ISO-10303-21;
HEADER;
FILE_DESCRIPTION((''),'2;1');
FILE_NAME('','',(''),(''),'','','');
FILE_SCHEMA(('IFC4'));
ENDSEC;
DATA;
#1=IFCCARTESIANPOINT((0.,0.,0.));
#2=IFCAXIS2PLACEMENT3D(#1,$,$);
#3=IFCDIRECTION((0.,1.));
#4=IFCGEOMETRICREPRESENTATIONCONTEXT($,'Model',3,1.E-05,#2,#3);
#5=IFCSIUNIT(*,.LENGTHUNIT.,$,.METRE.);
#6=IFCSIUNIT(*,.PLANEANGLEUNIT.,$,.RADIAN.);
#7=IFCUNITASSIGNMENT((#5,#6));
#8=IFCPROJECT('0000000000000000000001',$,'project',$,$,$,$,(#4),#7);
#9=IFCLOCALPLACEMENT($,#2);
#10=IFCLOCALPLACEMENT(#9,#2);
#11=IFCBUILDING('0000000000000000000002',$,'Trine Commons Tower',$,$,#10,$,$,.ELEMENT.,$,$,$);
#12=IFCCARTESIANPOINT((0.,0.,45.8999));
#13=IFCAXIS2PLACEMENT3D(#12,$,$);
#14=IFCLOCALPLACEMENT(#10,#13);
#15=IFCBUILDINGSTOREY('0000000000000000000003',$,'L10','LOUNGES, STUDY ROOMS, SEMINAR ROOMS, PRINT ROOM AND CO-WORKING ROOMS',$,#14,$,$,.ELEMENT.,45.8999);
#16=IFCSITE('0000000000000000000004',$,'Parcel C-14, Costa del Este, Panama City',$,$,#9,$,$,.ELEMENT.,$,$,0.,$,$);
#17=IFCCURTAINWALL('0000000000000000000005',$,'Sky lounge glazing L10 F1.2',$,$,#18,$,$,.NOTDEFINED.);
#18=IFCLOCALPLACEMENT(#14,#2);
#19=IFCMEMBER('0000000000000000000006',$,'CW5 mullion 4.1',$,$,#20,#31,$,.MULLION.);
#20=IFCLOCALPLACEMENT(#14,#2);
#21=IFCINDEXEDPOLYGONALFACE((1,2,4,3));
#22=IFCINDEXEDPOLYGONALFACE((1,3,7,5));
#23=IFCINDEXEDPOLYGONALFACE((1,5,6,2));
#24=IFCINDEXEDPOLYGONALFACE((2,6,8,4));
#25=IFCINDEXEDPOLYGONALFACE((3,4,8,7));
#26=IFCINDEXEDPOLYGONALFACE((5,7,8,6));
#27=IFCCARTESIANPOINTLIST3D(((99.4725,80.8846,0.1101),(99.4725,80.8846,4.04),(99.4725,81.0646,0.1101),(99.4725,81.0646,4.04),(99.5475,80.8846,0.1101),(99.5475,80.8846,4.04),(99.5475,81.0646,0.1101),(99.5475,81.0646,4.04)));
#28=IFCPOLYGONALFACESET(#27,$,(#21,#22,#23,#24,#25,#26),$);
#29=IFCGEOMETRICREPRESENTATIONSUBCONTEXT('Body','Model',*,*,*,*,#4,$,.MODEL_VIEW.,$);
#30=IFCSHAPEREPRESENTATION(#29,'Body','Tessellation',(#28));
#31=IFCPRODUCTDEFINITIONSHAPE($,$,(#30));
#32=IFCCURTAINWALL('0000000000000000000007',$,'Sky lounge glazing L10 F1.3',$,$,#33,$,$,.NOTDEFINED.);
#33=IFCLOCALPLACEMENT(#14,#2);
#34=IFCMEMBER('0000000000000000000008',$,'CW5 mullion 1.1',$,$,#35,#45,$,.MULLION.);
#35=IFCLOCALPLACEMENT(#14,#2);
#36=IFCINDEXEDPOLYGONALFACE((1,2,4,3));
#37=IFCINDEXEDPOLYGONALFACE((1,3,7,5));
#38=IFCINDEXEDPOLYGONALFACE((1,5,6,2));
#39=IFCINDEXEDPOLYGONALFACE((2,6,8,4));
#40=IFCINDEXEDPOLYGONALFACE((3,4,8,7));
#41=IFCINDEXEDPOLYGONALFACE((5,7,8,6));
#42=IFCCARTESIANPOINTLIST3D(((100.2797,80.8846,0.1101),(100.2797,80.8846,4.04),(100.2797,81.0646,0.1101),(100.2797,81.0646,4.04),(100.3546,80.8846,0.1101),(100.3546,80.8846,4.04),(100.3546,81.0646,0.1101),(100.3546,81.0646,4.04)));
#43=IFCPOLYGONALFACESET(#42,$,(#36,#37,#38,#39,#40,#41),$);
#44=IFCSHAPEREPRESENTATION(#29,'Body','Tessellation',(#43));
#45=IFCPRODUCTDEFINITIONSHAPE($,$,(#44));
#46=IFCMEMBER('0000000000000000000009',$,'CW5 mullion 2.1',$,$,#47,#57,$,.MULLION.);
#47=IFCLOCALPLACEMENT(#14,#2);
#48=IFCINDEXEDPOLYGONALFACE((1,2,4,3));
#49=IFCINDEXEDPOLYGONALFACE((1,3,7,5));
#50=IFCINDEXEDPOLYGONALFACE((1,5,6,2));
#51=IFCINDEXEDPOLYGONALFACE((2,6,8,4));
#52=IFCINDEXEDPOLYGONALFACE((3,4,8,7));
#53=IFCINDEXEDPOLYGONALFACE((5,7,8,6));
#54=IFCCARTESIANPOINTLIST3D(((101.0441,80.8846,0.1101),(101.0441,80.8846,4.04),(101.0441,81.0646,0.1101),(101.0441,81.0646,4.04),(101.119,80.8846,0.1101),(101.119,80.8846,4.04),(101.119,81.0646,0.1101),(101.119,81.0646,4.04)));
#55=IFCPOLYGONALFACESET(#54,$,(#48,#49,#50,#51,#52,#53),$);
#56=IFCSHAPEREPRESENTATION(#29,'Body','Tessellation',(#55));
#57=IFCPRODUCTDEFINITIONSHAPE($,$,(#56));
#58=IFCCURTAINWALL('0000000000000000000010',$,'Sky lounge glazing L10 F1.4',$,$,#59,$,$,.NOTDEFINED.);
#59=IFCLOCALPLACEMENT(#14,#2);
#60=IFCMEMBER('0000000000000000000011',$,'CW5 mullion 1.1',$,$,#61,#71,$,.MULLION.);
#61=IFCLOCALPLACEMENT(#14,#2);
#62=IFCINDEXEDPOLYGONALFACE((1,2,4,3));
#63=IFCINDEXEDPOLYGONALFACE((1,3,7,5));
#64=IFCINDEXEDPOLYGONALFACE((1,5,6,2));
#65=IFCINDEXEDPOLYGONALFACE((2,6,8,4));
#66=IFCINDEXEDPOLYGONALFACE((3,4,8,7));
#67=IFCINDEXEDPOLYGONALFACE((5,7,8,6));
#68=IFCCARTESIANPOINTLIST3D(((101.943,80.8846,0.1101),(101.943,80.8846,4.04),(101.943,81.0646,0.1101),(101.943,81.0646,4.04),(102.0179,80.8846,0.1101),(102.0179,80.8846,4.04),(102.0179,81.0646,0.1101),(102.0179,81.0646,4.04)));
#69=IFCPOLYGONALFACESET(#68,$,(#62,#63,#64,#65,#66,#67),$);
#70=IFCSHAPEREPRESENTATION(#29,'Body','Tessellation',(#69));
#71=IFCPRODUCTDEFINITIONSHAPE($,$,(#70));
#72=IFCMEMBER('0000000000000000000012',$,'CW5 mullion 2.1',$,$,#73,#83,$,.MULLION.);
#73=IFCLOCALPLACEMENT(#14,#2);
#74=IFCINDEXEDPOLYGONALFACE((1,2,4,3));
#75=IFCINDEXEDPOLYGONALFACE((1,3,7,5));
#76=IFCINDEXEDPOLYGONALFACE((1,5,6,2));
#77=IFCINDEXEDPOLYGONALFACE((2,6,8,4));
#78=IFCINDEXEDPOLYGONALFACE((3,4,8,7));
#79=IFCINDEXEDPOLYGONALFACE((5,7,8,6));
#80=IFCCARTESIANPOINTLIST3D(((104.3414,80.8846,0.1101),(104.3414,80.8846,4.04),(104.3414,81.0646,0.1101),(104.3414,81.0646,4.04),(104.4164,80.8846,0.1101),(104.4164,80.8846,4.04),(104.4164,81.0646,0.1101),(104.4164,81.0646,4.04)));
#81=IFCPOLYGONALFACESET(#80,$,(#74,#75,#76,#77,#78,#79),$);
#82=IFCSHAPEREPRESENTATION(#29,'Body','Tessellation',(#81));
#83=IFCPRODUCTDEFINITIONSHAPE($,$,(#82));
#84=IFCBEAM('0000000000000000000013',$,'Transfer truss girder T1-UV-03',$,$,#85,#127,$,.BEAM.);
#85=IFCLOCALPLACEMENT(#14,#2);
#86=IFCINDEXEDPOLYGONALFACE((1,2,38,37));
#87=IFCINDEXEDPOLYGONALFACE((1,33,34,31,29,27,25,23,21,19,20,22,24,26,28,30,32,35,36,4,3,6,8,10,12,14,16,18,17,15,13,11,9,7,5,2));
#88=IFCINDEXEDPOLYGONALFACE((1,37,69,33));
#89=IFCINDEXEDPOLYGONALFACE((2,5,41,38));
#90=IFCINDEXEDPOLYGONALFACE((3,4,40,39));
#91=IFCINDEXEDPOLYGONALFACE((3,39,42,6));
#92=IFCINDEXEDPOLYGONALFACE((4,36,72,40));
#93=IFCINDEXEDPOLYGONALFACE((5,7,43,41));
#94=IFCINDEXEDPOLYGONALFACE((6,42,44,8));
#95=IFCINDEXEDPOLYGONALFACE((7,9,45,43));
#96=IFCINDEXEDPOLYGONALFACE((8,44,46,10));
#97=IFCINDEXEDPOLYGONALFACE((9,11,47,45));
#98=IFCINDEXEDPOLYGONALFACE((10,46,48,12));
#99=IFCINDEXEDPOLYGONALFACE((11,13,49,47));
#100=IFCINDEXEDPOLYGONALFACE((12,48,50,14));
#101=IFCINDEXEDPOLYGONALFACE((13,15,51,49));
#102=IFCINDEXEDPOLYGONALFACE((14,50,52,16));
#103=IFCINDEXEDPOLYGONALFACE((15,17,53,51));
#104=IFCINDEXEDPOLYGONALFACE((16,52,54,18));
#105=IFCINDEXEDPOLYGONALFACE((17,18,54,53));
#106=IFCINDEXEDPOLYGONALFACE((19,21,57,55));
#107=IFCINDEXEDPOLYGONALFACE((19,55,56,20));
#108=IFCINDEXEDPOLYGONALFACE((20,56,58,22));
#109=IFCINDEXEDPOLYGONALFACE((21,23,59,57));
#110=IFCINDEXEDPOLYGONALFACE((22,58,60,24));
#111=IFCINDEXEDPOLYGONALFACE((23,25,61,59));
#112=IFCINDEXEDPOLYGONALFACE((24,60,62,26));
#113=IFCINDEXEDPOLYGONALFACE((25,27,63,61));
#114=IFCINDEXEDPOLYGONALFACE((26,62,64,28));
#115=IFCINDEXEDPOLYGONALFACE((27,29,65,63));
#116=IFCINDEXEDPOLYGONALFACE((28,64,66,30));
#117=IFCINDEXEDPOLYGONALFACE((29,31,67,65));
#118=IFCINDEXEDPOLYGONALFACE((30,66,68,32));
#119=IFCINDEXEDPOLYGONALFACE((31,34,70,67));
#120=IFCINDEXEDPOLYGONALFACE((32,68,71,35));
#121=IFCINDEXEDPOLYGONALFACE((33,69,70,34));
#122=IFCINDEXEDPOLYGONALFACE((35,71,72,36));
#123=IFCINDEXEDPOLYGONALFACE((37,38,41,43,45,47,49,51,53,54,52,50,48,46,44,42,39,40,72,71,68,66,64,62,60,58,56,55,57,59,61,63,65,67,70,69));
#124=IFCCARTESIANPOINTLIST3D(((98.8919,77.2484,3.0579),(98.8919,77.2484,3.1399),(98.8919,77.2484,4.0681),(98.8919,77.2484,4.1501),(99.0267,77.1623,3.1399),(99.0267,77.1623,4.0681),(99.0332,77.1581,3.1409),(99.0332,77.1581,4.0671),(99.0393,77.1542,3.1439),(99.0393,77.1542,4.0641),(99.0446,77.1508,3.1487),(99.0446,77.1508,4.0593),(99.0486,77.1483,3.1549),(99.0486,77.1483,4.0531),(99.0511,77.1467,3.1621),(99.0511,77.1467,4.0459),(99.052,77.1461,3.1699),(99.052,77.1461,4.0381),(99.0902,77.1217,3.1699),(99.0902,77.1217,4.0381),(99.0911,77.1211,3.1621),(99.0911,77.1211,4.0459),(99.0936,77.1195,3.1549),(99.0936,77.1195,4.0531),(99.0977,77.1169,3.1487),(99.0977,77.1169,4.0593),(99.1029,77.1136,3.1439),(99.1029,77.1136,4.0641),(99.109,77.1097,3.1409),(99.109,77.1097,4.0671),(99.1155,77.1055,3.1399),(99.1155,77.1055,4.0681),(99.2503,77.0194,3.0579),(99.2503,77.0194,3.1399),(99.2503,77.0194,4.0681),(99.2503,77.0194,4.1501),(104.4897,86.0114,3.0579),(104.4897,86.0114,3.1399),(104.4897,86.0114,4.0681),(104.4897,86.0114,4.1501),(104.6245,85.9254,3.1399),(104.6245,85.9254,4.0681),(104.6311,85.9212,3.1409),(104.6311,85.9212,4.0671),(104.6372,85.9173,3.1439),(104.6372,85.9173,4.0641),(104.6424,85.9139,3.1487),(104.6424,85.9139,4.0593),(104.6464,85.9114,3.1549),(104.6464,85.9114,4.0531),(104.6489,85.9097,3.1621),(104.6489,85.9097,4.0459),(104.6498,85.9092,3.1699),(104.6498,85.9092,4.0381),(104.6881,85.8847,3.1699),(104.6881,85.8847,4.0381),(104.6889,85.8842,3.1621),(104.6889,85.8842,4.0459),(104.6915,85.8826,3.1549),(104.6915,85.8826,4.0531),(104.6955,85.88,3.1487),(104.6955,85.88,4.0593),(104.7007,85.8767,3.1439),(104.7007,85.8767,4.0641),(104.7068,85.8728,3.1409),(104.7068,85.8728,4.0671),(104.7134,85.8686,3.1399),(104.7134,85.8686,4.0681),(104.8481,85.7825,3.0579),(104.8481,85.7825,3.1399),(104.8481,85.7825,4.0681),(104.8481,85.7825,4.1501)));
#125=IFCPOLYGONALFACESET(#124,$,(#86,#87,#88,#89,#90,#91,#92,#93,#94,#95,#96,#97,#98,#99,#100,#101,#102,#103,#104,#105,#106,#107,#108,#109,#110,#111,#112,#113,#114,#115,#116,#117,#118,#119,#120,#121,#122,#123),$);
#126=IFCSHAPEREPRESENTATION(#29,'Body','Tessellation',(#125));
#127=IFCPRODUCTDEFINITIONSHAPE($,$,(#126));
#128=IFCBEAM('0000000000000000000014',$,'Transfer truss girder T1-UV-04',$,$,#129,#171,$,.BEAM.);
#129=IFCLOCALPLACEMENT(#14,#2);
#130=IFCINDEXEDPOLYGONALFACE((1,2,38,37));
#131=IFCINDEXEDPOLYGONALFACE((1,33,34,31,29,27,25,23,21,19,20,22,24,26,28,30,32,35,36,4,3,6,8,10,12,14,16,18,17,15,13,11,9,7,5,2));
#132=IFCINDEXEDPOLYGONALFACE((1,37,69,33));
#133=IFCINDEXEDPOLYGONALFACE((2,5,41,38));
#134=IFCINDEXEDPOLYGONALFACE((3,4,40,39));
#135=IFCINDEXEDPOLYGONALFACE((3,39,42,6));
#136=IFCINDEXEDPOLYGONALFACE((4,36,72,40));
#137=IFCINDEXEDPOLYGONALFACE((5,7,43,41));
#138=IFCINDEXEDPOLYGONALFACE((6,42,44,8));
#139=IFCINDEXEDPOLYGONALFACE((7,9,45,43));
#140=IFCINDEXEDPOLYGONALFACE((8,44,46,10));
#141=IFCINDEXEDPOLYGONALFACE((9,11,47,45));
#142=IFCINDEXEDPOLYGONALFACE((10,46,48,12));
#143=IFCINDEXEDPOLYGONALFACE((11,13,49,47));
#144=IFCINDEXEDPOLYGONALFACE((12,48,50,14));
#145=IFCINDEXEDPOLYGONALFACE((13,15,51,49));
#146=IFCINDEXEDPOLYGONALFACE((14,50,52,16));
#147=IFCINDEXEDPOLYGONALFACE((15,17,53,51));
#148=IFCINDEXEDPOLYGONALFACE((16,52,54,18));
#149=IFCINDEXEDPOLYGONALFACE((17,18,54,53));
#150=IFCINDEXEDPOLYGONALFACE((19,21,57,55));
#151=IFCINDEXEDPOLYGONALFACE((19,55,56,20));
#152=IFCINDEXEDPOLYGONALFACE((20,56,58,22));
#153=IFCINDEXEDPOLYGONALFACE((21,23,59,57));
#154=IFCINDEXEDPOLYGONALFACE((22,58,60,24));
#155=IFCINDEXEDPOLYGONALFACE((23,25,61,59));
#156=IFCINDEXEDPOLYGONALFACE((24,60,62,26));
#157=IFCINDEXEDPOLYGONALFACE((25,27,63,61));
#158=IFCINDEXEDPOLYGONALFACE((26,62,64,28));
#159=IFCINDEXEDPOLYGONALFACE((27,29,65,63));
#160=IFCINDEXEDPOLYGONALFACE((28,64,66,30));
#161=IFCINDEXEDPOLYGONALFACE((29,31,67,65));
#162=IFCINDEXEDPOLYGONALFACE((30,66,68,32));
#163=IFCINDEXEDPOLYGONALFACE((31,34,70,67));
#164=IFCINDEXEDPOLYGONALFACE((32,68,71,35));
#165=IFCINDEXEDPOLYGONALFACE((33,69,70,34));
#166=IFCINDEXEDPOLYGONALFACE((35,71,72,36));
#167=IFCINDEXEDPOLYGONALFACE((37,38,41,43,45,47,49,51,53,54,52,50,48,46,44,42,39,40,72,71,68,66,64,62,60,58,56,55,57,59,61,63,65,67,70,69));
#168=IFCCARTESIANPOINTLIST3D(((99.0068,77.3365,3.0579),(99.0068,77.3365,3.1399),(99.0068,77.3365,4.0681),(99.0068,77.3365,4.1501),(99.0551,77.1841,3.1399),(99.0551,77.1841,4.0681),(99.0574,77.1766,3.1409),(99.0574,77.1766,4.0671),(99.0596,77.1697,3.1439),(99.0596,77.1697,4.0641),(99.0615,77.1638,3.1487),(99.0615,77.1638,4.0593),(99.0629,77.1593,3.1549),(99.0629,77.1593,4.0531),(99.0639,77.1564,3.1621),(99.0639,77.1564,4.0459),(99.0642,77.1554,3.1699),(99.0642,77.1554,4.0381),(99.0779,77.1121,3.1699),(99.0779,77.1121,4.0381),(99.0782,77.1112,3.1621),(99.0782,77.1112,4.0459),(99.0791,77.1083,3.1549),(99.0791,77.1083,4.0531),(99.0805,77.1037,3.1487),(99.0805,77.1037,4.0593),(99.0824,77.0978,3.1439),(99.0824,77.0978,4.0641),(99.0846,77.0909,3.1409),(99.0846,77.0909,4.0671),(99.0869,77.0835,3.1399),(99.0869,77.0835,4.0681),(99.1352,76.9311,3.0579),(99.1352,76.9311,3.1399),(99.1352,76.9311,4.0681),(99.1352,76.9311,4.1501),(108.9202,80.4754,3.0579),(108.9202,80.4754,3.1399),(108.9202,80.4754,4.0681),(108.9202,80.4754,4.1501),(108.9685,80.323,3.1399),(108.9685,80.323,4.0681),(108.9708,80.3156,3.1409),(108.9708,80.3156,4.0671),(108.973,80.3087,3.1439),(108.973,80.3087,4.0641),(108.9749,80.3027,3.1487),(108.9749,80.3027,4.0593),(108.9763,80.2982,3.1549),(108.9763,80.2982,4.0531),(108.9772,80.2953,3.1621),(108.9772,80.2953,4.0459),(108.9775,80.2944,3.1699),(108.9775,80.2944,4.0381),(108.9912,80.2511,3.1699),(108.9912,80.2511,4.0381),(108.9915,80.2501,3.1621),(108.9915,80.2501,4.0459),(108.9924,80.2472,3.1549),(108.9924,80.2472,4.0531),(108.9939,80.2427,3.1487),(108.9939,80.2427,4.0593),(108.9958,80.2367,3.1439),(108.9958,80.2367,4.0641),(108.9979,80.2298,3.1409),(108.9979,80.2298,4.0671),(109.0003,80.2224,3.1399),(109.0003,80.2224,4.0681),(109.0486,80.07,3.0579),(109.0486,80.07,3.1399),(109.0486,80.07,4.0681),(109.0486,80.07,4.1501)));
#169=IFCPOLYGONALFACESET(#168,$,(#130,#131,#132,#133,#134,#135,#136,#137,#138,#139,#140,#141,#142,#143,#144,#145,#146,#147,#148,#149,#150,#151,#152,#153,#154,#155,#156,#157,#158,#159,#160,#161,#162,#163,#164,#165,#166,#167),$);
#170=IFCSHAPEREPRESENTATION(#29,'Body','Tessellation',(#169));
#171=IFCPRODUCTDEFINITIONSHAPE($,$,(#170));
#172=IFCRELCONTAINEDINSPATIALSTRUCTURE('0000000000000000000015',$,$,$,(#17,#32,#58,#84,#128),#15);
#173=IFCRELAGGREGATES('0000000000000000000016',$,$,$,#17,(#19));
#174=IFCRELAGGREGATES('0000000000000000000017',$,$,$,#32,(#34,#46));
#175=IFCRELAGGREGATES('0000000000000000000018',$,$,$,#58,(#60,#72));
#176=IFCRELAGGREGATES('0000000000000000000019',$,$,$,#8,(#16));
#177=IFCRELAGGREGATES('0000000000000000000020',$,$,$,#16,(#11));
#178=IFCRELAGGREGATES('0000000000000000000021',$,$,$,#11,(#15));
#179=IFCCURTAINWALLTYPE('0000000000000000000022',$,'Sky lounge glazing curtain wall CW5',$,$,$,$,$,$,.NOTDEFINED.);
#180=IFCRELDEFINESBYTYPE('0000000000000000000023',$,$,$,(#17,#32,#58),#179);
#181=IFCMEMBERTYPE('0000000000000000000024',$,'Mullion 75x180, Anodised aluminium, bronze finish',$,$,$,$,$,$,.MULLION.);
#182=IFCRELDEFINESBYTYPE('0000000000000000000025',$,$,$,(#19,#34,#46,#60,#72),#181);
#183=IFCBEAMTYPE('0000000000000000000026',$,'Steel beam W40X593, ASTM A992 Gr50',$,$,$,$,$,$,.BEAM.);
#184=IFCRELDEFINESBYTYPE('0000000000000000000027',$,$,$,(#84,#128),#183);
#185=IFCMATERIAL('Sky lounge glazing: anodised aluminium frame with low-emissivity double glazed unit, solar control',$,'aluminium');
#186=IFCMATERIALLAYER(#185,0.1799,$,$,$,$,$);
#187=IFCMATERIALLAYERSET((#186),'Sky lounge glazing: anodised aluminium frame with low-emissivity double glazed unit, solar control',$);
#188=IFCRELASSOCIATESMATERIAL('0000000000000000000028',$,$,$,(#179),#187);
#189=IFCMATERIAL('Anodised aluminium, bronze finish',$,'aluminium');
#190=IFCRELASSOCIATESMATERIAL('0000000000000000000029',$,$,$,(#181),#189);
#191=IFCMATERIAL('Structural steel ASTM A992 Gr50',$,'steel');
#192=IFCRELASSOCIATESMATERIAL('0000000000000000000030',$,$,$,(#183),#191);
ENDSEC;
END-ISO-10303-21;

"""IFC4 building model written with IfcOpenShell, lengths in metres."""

from ifc_helpers import new_model, si_unit, direction, frame, origin, origin_2d, place, context, subcontext, project, spatial, rectangle, i_section, extrude, material, layer, layer_set, material_profile, profile_set, type_object, element, aggregate, save


model = new_model("IFC4")

# Units and contexts
model_context = context("Model", 3, precision=1e-05, world=origin(), true_north=direction((0.0, 1.0)))
body_context = subcontext(model_context, "Body", "Model", "MODEL_VIEW")
ifc_project = project(units=[si_unit("LENGTHUNIT", "METRE"), si_unit("PLANEANGLEUNIT", "RADIAN")], contexts=[model_context])

# Site, building, storey
site_placement = place(None, origin())
site = spatial("IfcSite", under=ifc_project, at=site_placement, Name="Parcel C-14, Costa del Este, Panama City", CompositionType="ELEMENT", RefElevation=0.0)
building_placement = place(site_placement, origin())
building = spatial("IfcBuilding", under=site, at=building_placement, Name="Trine Commons Tower", CompositionType="ELEMENT")
storey_placement = place(building_placement, frame((0.0, 0.0, 45.8999)))
storey = spatial("IfcBuildingStorey", under=building, at=storey_placement, Name="L10", Description="LOUNGES, STUDY ROOMS, SEMINAR ROOMS, PRINT ROOM AND CO-WORKING ROOMS", CompositionType="ELEMENT", Elevation=45.8999)

# Curtain wall, member
ifc_material_1 = material(Name="Sky lounge glazing: anodised aluminium frame with low-emissivity double glazed unit, solar control", Category="aluminium")
ifc_layer_1 = layer(ifc_material_1, 0.1799)
ifc_layer_set_1 = layer_set([ifc_layer_1], Name="Sky lounge glazing: anodised aluminium frame with low-emissivity double glazed unit, solar control")
curtain_wall_type = type_object("IfcCurtainWallType", Name="Sky lounge glazing curtain wall CW5", PredefinedType="NOTDEFINED", material=ifc_layer_set_1)
curtain_wall_1_placement = place(storey_placement, origin())
curtain_wall_1 = element("IfcCurtainWall", 1, at=curtain_wall_1_placement, inside=storey, type_object=curtain_wall_type, Name="Sky lounge glazing L10 F1.2", PredefinedType="NOTDEFINED")
ifc_material_2 = material(Name="Anodised aluminium, bronze finish", Category="aluminium")
ifc_material_profile_1 = material_profile(ifc_material_2, rectangle(XDim=0.1799, YDim=0.075, at=origin_2d()), Name="Mullion 75x180")
ifc_profile_set_1 = profile_set([ifc_material_profile_1], Name="Anodised aluminium, bronze finish")
member_type_1 = type_object("IfcMemberType", Name="Mullion 75x180, Anodised aluminium, bronze finish", PredefinedType="MULLION", material=ifc_profile_set_1)
member_1_placement = place(storey_placement, frame((99.51, 80.9746, 0.1101), z_axis=(0.0, 0.0, 1.0), x_axis=(0.0, 1.0, 0.0)))
member_1 = element("IfcMember", 2, at=member_1_placement, type_object=member_type_1, Name="CW5 mullion 4.1", PredefinedType="MULLION", context=body_context, shape_type="SweptSolid", body=[
    extrude(rectangle(XDim=0.1799, YDim=0.075, at=origin_2d()), origin(), (0.0, 0.0, 1.0), 3.9299),
])
aggregate(curtain_wall_1, [member_1])

# Curtain walls, members
curtain_wall_2_placement = place(storey_placement, origin())
curtain_wall_2 = element("IfcCurtainWall", 3, at=curtain_wall_2_placement, inside=storey, type_object=curtain_wall_type, Name="Sky lounge glazing L10 F1.3", PredefinedType="NOTDEFINED")
member_2_placement = place(storey_placement, frame((100.3171, 80.9746, 0.1101), z_axis=(0.0, 0.0, 1.0), x_axis=(0.0, 1.0, 0.0)))
member_2 = element("IfcMember", 4, at=member_2_placement, type_object=member_type_1, Name="CW5 mullion 1.1", PredefinedType="MULLION", context=body_context, shape_type="SweptSolid", body=[
    extrude(rectangle(XDim=0.1799, YDim=0.075, at=origin_2d()), origin(), (0.0, 0.0, 1.0), 3.9299),
])
member_3_placement = place(storey_placement, frame((101.0815, 80.9746, 0.1101), z_axis=(0.0, 0.0, 1.0), x_axis=(0.0, 1.0, 0.0)))
member_3 = element("IfcMember", 5, at=member_3_placement, type_object=member_type_1, Name="CW5 mullion 2.1", PredefinedType="MULLION", context=body_context, shape_type="SweptSolid", body=[
    extrude(rectangle(XDim=0.1799, YDim=0.075, at=origin_2d()), origin(), (0.0, 0.0, 1.0), 3.9299),
])
curtain_wall_3_placement = place(storey_placement, origin())
curtain_wall_3 = element("IfcCurtainWall", 6, at=curtain_wall_3_placement, inside=storey, type_object=curtain_wall_type, Name="Sky lounge glazing L10 F1.4", PredefinedType="NOTDEFINED")
member_4_placement = place(storey_placement, frame((101.9805, 80.9746, 0.1101), z_axis=(0.0, 0.0, 1.0), x_axis=(0.0, 1.0, 0.0)))
member_4 = element("IfcMember", 7, at=member_4_placement, type_object=member_type_1, Name="CW5 mullion 1.1", PredefinedType="MULLION", context=body_context, shape_type="SweptSolid", body=[
    extrude(rectangle(XDim=0.1799, YDim=0.075, at=origin_2d()), origin(), (0.0, 0.0, 1.0), 3.9299),
])
member_5_placement = place(storey_placement, frame((104.3789, 80.9746, 0.1101), z_axis=(0.0, 0.0, 1.0), x_axis=(0.0, 1.0, 0.0)))
member_5 = element("IfcMember", 8, at=member_5_placement, type_object=member_type_1, Name="CW5 mullion 2.1", PredefinedType="MULLION", context=body_context, shape_type="SweptSolid", body=[
    extrude(rectangle(XDim=0.1799, YDim=0.075, at=origin_2d()), origin(), (0.0, 0.0, 1.0), 3.9299),
])

# Beams
ifc_material_3 = material(Name="Structural steel ASTM A992 Gr50", Category="steel")
ifc_material_profile_2 = material_profile(ifc_material_3, i_section(OverallWidth=0.4253, OverallDepth=1.0923, WebThickness=0.0454, FlangeThickness=0.082, FilletRadius=0.03, at=origin_2d()), Name="W40X593")
ifc_profile_set_2 = profile_set([ifc_material_profile_2], Name="Structural steel ASTM A992 Gr50")
beam_type = type_object("IfcBeamType", Name="Steel beam W40X593, ASTM A992 Gr50", PredefinedType="BEAM", material=ifc_profile_set_2)
for number, where, z_axis, x_axis, name in (
    (9, (104.6689, 85.897, 3.604), (-0.538335, -0.842731, 0.0), (0.842731, -0.538335, 0.0), "Transfer truss girder T1-UV-03"),
    (10, (108.9844, 80.2727, 3.604), (-0.953351, -0.301865, 0.0), (0.301865, -0.953351, 0.0), "Transfer truss girder T1-UV-04"),
):
    element("IfcBeam", number, at=place(storey_placement, frame(where, z_axis=z_axis, x_axis=x_axis)), inside=storey, type_object=beam_type, Name=name, PredefinedType="BEAM", context=body_context, shape_type="SweptSolid", body=[
        extrude(i_section(OverallWidth=0.4253, OverallDepth=1.0923, WebThickness=0.0454, FlangeThickness=0.082, FilletRadius=0.03, at=origin_2d()), origin(), (0.0, 0.0, 1.0), 10.3984),
    ])

aggregate(curtain_wall_2, [member_2, member_3])
aggregate(curtain_wall_3, [member_4, member_5])

save(model, "model.ifc")
